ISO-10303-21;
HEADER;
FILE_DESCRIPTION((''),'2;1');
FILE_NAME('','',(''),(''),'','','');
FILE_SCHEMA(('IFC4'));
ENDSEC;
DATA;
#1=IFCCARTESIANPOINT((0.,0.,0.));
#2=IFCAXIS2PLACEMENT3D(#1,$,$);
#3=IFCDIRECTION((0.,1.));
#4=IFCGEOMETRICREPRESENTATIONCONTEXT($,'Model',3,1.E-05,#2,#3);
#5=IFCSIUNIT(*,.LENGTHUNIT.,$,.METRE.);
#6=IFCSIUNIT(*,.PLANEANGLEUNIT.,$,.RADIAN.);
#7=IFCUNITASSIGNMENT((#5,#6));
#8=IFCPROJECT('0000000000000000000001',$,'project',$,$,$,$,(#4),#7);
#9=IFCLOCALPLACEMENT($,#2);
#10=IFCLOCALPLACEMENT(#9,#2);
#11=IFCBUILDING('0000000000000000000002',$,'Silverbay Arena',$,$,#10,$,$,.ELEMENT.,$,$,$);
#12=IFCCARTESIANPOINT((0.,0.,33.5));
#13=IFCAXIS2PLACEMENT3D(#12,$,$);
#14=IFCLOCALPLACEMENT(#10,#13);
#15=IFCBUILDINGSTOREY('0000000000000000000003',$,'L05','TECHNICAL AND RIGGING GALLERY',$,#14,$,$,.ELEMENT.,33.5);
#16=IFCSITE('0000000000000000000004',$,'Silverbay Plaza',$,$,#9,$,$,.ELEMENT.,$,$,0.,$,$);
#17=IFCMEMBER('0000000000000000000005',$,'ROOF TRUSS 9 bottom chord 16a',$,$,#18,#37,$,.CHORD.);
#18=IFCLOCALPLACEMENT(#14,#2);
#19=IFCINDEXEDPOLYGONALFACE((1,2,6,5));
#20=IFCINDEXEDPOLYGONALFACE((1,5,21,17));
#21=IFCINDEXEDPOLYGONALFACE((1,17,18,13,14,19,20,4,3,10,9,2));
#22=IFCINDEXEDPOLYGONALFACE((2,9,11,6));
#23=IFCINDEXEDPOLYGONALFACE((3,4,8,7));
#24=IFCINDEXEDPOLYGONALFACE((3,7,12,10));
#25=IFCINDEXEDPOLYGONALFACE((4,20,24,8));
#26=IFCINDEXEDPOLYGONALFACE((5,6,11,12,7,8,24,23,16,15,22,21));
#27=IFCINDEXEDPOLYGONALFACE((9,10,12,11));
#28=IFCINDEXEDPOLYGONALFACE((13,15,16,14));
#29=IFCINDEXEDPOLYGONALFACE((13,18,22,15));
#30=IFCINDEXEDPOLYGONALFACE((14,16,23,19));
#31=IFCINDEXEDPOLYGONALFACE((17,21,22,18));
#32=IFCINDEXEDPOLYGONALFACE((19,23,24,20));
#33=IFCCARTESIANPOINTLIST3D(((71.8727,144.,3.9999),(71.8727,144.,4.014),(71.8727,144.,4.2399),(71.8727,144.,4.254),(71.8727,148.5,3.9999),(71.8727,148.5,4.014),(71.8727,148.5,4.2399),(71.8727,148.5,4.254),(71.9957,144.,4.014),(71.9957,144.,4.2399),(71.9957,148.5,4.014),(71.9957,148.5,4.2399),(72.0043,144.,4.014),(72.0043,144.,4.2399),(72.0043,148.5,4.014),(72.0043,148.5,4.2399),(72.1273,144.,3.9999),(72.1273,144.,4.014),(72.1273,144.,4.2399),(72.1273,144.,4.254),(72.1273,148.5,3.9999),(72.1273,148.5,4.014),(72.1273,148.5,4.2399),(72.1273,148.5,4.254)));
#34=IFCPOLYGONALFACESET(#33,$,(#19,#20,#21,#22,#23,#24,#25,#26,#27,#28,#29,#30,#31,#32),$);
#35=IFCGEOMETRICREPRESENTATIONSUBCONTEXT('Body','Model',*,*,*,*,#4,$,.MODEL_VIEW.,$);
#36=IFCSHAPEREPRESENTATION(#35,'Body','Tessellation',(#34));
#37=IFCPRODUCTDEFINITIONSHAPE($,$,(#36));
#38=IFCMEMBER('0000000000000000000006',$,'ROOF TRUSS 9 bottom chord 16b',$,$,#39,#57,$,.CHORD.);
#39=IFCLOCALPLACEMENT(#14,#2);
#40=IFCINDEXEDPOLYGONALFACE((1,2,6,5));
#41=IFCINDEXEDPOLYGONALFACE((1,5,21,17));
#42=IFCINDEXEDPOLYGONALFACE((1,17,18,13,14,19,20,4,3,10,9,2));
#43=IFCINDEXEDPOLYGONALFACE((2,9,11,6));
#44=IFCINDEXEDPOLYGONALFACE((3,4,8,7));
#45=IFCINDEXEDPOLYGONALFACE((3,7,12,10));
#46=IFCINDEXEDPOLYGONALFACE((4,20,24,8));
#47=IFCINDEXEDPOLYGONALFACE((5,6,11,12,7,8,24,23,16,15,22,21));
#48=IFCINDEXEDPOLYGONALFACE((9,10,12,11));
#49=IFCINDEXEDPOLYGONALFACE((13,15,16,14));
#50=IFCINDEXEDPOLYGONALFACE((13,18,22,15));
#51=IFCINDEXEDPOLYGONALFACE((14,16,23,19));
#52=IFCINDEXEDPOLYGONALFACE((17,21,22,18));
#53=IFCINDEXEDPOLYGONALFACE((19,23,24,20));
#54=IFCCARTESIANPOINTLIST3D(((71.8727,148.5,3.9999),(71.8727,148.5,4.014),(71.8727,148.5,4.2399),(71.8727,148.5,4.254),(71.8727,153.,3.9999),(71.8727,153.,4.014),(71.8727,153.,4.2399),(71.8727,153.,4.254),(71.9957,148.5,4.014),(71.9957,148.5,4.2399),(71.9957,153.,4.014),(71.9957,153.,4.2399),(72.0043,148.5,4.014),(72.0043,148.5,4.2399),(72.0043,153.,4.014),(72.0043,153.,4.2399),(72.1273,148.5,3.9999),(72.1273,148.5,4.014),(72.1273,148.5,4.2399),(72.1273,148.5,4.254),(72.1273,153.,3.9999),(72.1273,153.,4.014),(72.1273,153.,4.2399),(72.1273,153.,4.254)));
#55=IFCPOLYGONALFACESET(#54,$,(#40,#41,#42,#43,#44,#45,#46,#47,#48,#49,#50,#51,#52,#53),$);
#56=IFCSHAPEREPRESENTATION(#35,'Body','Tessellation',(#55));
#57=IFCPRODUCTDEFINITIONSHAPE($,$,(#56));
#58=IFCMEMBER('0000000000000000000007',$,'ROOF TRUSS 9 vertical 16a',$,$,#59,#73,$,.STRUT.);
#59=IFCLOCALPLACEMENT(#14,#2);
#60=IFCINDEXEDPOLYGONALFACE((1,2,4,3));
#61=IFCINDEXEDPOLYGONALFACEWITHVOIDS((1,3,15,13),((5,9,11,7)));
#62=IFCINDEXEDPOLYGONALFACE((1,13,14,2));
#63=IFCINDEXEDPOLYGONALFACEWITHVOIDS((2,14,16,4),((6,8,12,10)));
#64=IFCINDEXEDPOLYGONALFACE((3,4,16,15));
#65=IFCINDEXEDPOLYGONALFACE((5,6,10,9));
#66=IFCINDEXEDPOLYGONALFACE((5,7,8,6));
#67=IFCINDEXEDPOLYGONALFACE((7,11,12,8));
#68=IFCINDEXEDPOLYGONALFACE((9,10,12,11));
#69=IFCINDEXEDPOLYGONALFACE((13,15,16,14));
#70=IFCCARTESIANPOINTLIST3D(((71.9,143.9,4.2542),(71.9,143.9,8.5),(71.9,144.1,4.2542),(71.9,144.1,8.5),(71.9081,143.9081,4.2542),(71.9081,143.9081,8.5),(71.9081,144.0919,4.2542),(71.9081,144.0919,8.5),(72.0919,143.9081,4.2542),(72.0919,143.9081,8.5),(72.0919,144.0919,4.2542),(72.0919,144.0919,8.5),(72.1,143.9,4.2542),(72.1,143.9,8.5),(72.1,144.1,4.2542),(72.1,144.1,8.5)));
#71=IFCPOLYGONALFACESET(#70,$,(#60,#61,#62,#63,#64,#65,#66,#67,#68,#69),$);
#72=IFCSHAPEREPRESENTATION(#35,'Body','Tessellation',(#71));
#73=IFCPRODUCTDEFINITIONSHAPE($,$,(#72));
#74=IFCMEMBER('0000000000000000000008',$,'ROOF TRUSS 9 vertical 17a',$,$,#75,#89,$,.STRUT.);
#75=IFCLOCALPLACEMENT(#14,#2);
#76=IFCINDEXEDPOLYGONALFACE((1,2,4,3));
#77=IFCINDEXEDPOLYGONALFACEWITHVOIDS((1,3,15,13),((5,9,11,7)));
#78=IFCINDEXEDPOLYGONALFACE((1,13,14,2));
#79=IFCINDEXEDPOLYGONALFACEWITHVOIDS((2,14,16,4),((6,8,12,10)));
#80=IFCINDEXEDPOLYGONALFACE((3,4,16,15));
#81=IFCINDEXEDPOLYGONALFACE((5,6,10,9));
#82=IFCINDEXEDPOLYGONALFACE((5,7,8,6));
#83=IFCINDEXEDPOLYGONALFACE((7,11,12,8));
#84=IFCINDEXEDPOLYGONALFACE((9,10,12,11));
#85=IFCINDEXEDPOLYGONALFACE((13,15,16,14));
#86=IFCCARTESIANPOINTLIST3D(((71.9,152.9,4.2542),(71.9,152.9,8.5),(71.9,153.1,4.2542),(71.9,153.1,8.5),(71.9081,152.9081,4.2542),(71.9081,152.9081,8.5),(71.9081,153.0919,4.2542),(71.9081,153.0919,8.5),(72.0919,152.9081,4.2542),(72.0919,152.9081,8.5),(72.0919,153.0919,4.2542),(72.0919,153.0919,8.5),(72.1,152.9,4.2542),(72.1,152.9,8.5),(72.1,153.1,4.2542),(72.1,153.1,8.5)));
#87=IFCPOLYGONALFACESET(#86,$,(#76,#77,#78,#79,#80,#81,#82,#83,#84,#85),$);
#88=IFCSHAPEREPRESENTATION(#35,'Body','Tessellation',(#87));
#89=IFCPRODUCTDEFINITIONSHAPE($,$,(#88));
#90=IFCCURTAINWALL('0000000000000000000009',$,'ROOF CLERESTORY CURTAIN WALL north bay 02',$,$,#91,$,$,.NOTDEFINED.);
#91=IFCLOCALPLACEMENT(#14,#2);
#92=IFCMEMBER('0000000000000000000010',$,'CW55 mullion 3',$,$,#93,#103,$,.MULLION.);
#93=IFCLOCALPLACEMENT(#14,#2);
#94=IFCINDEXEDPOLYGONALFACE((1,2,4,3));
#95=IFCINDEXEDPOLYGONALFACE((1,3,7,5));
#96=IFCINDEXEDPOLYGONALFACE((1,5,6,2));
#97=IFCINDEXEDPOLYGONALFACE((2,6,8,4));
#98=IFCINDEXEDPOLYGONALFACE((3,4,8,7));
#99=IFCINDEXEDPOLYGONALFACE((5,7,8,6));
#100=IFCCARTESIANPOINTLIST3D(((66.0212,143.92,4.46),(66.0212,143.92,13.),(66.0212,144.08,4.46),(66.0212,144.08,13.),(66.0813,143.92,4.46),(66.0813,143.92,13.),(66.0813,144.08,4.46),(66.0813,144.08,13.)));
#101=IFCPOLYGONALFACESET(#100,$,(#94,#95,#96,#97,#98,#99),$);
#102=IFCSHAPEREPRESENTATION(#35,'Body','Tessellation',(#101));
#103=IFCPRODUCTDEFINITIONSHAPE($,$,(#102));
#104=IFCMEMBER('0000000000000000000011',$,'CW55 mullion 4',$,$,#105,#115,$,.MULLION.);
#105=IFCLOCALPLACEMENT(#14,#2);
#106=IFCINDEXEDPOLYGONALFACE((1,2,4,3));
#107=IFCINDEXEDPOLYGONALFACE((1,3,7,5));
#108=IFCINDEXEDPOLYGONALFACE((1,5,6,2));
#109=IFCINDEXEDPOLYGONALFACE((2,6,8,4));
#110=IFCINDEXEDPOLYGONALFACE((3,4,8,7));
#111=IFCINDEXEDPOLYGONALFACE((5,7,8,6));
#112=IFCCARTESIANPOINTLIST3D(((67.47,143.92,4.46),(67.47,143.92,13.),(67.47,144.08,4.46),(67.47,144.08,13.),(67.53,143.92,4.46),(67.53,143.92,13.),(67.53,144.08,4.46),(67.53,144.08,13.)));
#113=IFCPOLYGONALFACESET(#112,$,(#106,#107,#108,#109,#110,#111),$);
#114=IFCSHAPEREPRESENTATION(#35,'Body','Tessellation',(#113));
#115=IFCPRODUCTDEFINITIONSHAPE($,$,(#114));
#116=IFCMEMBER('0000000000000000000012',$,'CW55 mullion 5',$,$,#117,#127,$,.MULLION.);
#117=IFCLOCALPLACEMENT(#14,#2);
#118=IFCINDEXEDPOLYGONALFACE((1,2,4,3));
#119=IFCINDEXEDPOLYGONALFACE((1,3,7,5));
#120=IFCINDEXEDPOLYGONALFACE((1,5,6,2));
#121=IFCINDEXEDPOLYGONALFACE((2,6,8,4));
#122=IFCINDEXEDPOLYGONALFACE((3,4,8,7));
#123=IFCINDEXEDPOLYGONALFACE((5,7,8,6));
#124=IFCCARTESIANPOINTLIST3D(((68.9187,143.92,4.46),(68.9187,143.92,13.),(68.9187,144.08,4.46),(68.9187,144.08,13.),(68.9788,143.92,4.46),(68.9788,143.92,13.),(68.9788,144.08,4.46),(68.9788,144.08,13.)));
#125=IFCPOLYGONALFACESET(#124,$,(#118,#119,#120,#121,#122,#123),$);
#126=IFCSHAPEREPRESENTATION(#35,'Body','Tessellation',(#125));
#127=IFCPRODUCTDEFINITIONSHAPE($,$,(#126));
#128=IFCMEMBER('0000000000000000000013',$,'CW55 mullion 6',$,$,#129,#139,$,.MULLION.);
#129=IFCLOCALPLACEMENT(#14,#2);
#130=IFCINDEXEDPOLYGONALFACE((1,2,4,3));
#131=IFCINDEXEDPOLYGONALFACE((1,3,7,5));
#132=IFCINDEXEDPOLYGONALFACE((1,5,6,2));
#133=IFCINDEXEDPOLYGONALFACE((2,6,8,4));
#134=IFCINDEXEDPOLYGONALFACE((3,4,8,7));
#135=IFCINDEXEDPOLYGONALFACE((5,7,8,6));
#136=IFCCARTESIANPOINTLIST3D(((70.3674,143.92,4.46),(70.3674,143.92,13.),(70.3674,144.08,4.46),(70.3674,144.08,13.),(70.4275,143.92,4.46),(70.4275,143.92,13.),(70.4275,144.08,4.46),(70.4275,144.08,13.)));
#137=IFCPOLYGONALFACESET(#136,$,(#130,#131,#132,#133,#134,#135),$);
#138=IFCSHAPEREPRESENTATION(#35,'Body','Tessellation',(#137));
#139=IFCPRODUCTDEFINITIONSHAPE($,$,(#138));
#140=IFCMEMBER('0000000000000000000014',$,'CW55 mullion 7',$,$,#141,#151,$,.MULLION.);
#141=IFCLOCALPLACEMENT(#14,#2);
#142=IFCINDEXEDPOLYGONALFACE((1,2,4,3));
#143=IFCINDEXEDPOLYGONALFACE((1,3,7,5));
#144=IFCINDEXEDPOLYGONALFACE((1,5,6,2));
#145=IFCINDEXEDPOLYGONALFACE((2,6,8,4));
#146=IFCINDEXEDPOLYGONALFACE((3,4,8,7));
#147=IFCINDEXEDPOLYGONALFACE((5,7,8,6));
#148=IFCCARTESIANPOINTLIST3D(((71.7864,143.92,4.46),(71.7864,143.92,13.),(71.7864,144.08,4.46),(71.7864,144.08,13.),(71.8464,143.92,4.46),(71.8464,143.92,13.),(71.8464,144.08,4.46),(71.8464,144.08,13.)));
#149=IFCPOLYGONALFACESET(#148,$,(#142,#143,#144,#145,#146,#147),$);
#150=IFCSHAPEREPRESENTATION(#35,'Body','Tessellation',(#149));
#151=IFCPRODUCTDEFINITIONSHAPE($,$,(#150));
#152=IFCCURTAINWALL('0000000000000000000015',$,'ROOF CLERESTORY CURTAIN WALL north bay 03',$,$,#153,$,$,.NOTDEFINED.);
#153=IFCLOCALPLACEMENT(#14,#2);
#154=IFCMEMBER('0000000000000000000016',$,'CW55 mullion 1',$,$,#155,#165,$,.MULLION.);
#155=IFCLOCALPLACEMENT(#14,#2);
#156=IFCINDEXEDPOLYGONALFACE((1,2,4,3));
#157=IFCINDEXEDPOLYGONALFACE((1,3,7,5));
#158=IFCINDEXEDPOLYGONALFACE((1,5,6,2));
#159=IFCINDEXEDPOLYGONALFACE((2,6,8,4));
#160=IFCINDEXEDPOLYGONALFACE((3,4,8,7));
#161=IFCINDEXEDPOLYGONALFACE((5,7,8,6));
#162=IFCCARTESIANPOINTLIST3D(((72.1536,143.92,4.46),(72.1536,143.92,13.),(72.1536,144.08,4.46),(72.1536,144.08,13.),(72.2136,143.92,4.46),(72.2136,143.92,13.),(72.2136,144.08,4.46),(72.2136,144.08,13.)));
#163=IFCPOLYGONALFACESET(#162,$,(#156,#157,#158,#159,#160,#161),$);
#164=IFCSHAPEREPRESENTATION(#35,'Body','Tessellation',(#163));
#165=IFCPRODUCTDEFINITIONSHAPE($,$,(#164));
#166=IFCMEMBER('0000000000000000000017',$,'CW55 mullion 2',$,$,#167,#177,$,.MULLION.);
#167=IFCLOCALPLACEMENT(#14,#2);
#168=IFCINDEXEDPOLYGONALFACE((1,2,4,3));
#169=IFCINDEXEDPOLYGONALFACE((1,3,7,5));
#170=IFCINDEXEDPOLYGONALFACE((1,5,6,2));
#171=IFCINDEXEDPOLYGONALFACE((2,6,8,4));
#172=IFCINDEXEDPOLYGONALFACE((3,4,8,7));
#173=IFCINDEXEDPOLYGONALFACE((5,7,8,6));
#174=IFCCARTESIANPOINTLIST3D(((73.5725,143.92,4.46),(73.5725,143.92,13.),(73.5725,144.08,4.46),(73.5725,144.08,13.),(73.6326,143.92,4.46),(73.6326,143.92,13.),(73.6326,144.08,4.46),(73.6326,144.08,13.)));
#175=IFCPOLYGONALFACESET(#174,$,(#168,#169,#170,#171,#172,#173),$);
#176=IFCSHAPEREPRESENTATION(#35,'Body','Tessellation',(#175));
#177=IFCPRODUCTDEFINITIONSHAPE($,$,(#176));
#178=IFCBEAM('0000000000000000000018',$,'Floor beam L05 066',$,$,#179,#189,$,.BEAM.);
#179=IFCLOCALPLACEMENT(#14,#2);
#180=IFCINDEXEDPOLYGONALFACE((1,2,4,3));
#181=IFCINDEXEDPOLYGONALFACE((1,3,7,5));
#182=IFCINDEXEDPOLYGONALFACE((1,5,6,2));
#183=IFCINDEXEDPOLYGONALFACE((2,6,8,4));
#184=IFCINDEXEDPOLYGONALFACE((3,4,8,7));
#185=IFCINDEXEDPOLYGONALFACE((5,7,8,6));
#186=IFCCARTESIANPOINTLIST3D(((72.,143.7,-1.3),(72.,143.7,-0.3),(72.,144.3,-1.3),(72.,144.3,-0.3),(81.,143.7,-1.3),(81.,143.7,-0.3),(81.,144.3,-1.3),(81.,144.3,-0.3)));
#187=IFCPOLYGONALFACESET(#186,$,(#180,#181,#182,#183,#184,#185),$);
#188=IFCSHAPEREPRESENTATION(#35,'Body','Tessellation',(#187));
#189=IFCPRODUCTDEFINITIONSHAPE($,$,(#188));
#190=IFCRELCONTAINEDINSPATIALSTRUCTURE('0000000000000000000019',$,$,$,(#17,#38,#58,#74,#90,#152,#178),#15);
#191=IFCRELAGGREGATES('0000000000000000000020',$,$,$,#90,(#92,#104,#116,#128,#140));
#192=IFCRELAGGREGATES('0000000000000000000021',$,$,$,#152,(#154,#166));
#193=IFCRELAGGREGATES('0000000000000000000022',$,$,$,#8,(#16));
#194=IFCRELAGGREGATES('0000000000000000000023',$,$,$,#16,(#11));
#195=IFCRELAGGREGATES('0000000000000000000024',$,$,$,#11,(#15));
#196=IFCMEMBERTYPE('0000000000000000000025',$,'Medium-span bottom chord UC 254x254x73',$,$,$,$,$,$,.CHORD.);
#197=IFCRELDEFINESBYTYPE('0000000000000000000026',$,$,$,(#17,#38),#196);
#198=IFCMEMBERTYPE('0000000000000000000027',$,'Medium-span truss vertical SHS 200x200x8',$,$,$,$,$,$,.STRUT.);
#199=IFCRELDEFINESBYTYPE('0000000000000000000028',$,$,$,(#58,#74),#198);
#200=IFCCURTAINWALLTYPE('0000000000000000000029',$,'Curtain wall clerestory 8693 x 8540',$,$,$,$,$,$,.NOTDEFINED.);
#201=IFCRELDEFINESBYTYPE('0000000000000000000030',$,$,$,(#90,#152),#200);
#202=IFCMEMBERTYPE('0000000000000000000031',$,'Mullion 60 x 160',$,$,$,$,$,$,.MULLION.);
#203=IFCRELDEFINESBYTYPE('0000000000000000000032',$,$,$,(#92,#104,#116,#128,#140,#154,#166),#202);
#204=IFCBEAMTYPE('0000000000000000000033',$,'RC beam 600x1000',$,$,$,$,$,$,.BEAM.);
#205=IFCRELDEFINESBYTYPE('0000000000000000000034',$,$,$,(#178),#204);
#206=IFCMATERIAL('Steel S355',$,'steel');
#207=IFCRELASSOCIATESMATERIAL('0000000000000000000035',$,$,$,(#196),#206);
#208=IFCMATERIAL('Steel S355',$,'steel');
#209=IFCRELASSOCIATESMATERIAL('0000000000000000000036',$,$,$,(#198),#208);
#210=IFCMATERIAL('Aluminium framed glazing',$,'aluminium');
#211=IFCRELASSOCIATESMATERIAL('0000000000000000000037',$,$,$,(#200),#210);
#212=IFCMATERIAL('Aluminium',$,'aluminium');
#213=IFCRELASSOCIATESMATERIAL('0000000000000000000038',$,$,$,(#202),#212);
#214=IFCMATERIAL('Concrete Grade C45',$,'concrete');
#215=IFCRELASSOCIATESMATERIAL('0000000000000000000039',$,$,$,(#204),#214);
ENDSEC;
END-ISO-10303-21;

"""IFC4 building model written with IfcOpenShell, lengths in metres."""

from ifc_helpers import new_model, si_unit, direction, frame, origin, origin_2d, place, context, subcontext, project, spatial, rectangle, hollow_rectangle, i_section, extrude, material, material_profile, profile_set, type_object, element, aggregate, save


model = new_model("IFC4")

# Units and contexts
model_context = context("Model", 3, precision=1e-05, world=origin(), true_north=direction((0.0, 1.0)))
body_context = subcontext(model_context, "Body", "Model", "MODEL_VIEW")
ifc_project = project(units=[si_unit("LENGTHUNIT", "METRE"), si_unit("PLANEANGLEUNIT", "RADIAN")], contexts=[model_context])

# Site, building, storey
site_placement = place(None, origin())
site = spatial("IfcSite", under=ifc_project, at=site_placement, Name="Silverbay Plaza", CompositionType="ELEMENT", RefElevation=0.0)
building_placement = place(site_placement, origin())
building = spatial("IfcBuilding", under=site, at=building_placement, Name="Silverbay Arena", CompositionType="ELEMENT")
storey_placement = place(building_placement, frame((0.0, 0.0, 33.5)))
storey = spatial("IfcBuildingStorey", under=building, at=storey_placement, Name="L05", Description="TECHNICAL AND RIGGING GALLERY", CompositionType="ELEMENT", Elevation=33.5)

# Members
ifc_material_1 = material(Name="Steel S355", Category="steel")
ifc_material_profile_1 = material_profile(ifc_material_1, i_section(OverallWidth=0.2546, OverallDepth=0.2542, WebThickness=0.0085, FlangeThickness=0.0142, at=origin_2d()), Name="UC 254x254x73")
ifc_profile_set_1 = profile_set([ifc_material_profile_1], Name="Steel S355")
member_type_1 = type_object("IfcMemberType", Name="Medium-span bottom chord UC 254x254x73", PredefinedType="CHORD", material=ifc_profile_set_1)
for number, where, z_axis, x_axis, name in (
    (1, (72.0, 144.0, 4.127), (0.0, 1.0, 0.0), (-1.0, 0.0, 0.0), "ROOF TRUSS 9 bottom chord 16a"),
    (2, (72.0, 148.5, 4.127), (0.0, 1.0, 0.0), (-1.0, 0.0, 0.0), "ROOF TRUSS 9 bottom chord 16b"),
):
    element("IfcMember", number, at=place(storey_placement, frame(where, z_axis=z_axis, x_axis=x_axis)), inside=storey, type_object=member_type_1, Name=name, PredefinedType="CHORD", context=body_context, shape_type="SweptSolid", body=[
        extrude(i_section(OverallWidth=0.2546, OverallDepth=0.2542, WebThickness=0.0085, FlangeThickness=0.0142, at=origin_2d()), origin(), (0.0, 0.0, 1.0), 4.5),
    ])
ifc_material_2 = material(Name="Steel S355", Category="steel")
ifc_material_profile_2 = material_profile(ifc_material_2, hollow_rectangle(XDim=0.2, YDim=0.2, WallThickness=0.0081, at=origin_2d()), Name="SHS 200x200x8")
ifc_profile_set_2 = profile_set([ifc_material_profile_2], Name="Steel S355")
member_type_2 = type_object("IfcMemberType", Name="Medium-span truss vertical SHS 200x200x8", PredefinedType="STRUT", material=ifc_profile_set_2)
for number, where, z_axis, x_axis, name in (
    (3, (72.0, 144.0, 4.2542), (0.0, 0.0, 1.0), (1.0, 0.0, 0.0), "ROOF TRUSS 9 vertical 16a"),
    (4, (72.0, 153.0, 4.2542), (0.0, 0.0, 1.0), (1.0, 0.0, 0.0), "ROOF TRUSS 9 vertical 17a"),
):
    element("IfcMember", number, at=place(storey_placement, frame(where, z_axis=z_axis, x_axis=x_axis)), inside=storey, type_object=member_type_2, Name=name, PredefinedType="STRUT", context=body_context, shape_type="SweptSolid", body=[
        extrude(hollow_rectangle(XDim=0.2, YDim=0.2, WallThickness=0.0081, at=origin_2d()), origin(), (0.0, 0.0, 1.0), 4.2458),
    ])

# Curtain walls, members
ifc_material_3 = material(Name="Aluminium framed glazing", Category="aluminium")
curtain_wall_type = type_object("IfcCurtainWallType", Name="Curtain wall clerestory 8693 x 8540", PredefinedType="NOTDEFINED", material=ifc_material_3)
curtain_wall_1_placement = place(storey_placement, origin())
curtain_wall_1 = element("IfcCurtainWall", 5, at=curtain_wall_1_placement, inside=storey, type_object=curtain_wall_type, Name="ROOF CLERESTORY CURTAIN WALL north bay 02", PredefinedType="NOTDEFINED")
ifc_material_4 = material(Name="Aluminium", Category="aluminium")
ifc_material_profile_3 = material_profile(ifc_material_4, rectangle(XDim=0.1599, YDim=0.0601, at=origin_2d()), Name="Mullion 60 x 160")
ifc_profile_set_3 = profile_set([ifc_material_profile_3], Name="Aluminium")
member_type_3 = type_object("IfcMemberType", Name="Mullion 60 x 160", PredefinedType="MULLION", material=ifc_profile_set_3)
member_1_placement = place(storey_placement, frame((66.0513, 144.0, 4.46), z_axis=(0.0, 0.0, 1.0), x_axis=(0.0, 1.0, 0.0)))
member_1 = element("IfcMember", 6, at=member_1_placement, type_object=member_type_3, Name="CW55 mullion 3", PredefinedType="MULLION", context=body_context, shape_type="SweptSolid", body=[
    extrude(rectangle(XDim=0.1599, YDim=0.0601, at=origin_2d()), origin(), (0.0, 0.0, 1.0), 8.54),
])
member_2_placement = place(storey_placement, frame((67.5, 144.0, 4.46), z_axis=(0.0, 0.0, 1.0), x_axis=(0.0, 1.0, 0.0)))
member_2 = element("IfcMember", 7, at=member_2_placement, type_object=member_type_3, Name="CW55 mullion 4", PredefinedType="MULLION", context=body_context, shape_type="SweptSolid", body=[
    extrude(rectangle(XDim=0.1599, YDim=0.0601, at=origin_2d()), origin(), (0.0, 0.0, 1.0), 8.54),
])
member_3_placement = place(storey_placement, frame((68.9487, 144.0, 4.46), z_axis=(0.0, 0.0, 1.0), x_axis=(0.0, 1.0, 0.0)))
member_3 = element("IfcMember", 8, at=member_3_placement, type_object=member_type_3, Name="CW55 mullion 5", PredefinedType="MULLION", context=body_context, shape_type="SweptSolid", body=[
    extrude(rectangle(XDim=0.1599, YDim=0.0601, at=origin_2d()), origin(), (0.0, 0.0, 1.0), 8.54),
])
member_4_placement = place(storey_placement, frame((70.3975, 144.0, 4.46), z_axis=(0.0, 0.0, 1.0), x_axis=(0.0, 1.0, 0.0)))
member_4 = element("IfcMember", 9, at=member_4_placement, type_object=member_type_3, Name="CW55 mullion 6", PredefinedType="MULLION", context=body_context, shape_type="SweptSolid", body=[
    extrude(rectangle(XDim=0.1599, YDim=0.0601, at=origin_2d()), origin(), (0.0, 0.0, 1.0), 8.54),
])
member_5_placement = place(storey_placement, frame((71.8164, 144.0, 4.46), z_axis=(0.0, 0.0, 1.0), x_axis=(0.0, 1.0, 0.0)))
member_5 = element("IfcMember", 10, at=member_5_placement, type_object=member_type_3, Name="CW55 mullion 7", PredefinedType="MULLION", context=body_context, shape_type="SweptSolid", body=[
    extrude(rectangle(XDim=0.1599, YDim=0.0601, at=origin_2d()), origin(), (0.0, 0.0, 1.0), 8.54),
])
curtain_wall_2_placement = place(storey_placement, origin())
curtain_wall_2 = element("IfcCurtainWall", 11, at=curtain_wall_2_placement, inside=storey, type_object=curtain_wall_type, Name="ROOF CLERESTORY CURTAIN WALL north bay 03", PredefinedType="NOTDEFINED")
member_6_placement = place(storey_placement, frame((72.1836, 144.0, 4.46), z_axis=(0.0, 0.0, 1.0), x_axis=(0.0, 1.0, 0.0)))
member_6 = element("IfcMember", 12, at=member_6_placement, type_object=member_type_3, Name="CW55 mullion 1", PredefinedType="MULLION", context=body_context, shape_type="SweptSolid", body=[
    extrude(rectangle(XDim=0.1599, YDim=0.0601, at=origin_2d()), origin(), (0.0, 0.0, 1.0), 8.54),
])
member_7_placement = place(storey_placement, frame((73.6025, 144.0, 4.46), z_axis=(0.0, 0.0, 1.0), x_axis=(0.0, 1.0, 0.0)))
member_7 = element("IfcMember", 13, at=member_7_placement, type_object=member_type_3, Name="CW55 mullion 2", PredefinedType="MULLION", context=body_context, shape_type="SweptSolid", body=[
    extrude(rectangle(XDim=0.1599, YDim=0.0601, at=origin_2d()), origin(), (0.0, 0.0, 1.0), 8.54),
])

# Beam
ifc_material_5 = material(Name="Concrete Grade C45", Category="concrete")
ifc_material_profile_4 = material_profile(ifc_material_5, rectangle(XDim=0.6001, YDim=1.0, at=origin_2d()), Name="RC 600x1000")
ifc_profile_set_4 = profile_set([ifc_material_profile_4], Name="Concrete Grade C45")
beam_type_1 = type_object("IfcBeamType", Name="RC beam 600x1000", PredefinedType="BEAM", material=ifc_profile_set_4)
beam_1_placement = place(storey_placement, frame((72.0, 144.0, -0.8), z_axis=(1.0, 0.0, 0.0), x_axis=(0.0, 1.0, 0.0)))
element("IfcBeam", 14, at=beam_1_placement, inside=storey, type_object=beam_type_1, Name="Floor beam L05 066", PredefinedType="BEAM", context=body_context, shape_type="SweptSolid", body=[
    extrude(rectangle(XDim=0.6001, YDim=1.0, at=origin_2d()), origin(), (0.0, 0.0, 1.0), 9.0),
])

aggregate(curtain_wall_1, [member_1, member_2, member_3, member_4, member_5])
aggregate(curtain_wall_2, [member_6, member_7])

save(model, "model.ifc")
